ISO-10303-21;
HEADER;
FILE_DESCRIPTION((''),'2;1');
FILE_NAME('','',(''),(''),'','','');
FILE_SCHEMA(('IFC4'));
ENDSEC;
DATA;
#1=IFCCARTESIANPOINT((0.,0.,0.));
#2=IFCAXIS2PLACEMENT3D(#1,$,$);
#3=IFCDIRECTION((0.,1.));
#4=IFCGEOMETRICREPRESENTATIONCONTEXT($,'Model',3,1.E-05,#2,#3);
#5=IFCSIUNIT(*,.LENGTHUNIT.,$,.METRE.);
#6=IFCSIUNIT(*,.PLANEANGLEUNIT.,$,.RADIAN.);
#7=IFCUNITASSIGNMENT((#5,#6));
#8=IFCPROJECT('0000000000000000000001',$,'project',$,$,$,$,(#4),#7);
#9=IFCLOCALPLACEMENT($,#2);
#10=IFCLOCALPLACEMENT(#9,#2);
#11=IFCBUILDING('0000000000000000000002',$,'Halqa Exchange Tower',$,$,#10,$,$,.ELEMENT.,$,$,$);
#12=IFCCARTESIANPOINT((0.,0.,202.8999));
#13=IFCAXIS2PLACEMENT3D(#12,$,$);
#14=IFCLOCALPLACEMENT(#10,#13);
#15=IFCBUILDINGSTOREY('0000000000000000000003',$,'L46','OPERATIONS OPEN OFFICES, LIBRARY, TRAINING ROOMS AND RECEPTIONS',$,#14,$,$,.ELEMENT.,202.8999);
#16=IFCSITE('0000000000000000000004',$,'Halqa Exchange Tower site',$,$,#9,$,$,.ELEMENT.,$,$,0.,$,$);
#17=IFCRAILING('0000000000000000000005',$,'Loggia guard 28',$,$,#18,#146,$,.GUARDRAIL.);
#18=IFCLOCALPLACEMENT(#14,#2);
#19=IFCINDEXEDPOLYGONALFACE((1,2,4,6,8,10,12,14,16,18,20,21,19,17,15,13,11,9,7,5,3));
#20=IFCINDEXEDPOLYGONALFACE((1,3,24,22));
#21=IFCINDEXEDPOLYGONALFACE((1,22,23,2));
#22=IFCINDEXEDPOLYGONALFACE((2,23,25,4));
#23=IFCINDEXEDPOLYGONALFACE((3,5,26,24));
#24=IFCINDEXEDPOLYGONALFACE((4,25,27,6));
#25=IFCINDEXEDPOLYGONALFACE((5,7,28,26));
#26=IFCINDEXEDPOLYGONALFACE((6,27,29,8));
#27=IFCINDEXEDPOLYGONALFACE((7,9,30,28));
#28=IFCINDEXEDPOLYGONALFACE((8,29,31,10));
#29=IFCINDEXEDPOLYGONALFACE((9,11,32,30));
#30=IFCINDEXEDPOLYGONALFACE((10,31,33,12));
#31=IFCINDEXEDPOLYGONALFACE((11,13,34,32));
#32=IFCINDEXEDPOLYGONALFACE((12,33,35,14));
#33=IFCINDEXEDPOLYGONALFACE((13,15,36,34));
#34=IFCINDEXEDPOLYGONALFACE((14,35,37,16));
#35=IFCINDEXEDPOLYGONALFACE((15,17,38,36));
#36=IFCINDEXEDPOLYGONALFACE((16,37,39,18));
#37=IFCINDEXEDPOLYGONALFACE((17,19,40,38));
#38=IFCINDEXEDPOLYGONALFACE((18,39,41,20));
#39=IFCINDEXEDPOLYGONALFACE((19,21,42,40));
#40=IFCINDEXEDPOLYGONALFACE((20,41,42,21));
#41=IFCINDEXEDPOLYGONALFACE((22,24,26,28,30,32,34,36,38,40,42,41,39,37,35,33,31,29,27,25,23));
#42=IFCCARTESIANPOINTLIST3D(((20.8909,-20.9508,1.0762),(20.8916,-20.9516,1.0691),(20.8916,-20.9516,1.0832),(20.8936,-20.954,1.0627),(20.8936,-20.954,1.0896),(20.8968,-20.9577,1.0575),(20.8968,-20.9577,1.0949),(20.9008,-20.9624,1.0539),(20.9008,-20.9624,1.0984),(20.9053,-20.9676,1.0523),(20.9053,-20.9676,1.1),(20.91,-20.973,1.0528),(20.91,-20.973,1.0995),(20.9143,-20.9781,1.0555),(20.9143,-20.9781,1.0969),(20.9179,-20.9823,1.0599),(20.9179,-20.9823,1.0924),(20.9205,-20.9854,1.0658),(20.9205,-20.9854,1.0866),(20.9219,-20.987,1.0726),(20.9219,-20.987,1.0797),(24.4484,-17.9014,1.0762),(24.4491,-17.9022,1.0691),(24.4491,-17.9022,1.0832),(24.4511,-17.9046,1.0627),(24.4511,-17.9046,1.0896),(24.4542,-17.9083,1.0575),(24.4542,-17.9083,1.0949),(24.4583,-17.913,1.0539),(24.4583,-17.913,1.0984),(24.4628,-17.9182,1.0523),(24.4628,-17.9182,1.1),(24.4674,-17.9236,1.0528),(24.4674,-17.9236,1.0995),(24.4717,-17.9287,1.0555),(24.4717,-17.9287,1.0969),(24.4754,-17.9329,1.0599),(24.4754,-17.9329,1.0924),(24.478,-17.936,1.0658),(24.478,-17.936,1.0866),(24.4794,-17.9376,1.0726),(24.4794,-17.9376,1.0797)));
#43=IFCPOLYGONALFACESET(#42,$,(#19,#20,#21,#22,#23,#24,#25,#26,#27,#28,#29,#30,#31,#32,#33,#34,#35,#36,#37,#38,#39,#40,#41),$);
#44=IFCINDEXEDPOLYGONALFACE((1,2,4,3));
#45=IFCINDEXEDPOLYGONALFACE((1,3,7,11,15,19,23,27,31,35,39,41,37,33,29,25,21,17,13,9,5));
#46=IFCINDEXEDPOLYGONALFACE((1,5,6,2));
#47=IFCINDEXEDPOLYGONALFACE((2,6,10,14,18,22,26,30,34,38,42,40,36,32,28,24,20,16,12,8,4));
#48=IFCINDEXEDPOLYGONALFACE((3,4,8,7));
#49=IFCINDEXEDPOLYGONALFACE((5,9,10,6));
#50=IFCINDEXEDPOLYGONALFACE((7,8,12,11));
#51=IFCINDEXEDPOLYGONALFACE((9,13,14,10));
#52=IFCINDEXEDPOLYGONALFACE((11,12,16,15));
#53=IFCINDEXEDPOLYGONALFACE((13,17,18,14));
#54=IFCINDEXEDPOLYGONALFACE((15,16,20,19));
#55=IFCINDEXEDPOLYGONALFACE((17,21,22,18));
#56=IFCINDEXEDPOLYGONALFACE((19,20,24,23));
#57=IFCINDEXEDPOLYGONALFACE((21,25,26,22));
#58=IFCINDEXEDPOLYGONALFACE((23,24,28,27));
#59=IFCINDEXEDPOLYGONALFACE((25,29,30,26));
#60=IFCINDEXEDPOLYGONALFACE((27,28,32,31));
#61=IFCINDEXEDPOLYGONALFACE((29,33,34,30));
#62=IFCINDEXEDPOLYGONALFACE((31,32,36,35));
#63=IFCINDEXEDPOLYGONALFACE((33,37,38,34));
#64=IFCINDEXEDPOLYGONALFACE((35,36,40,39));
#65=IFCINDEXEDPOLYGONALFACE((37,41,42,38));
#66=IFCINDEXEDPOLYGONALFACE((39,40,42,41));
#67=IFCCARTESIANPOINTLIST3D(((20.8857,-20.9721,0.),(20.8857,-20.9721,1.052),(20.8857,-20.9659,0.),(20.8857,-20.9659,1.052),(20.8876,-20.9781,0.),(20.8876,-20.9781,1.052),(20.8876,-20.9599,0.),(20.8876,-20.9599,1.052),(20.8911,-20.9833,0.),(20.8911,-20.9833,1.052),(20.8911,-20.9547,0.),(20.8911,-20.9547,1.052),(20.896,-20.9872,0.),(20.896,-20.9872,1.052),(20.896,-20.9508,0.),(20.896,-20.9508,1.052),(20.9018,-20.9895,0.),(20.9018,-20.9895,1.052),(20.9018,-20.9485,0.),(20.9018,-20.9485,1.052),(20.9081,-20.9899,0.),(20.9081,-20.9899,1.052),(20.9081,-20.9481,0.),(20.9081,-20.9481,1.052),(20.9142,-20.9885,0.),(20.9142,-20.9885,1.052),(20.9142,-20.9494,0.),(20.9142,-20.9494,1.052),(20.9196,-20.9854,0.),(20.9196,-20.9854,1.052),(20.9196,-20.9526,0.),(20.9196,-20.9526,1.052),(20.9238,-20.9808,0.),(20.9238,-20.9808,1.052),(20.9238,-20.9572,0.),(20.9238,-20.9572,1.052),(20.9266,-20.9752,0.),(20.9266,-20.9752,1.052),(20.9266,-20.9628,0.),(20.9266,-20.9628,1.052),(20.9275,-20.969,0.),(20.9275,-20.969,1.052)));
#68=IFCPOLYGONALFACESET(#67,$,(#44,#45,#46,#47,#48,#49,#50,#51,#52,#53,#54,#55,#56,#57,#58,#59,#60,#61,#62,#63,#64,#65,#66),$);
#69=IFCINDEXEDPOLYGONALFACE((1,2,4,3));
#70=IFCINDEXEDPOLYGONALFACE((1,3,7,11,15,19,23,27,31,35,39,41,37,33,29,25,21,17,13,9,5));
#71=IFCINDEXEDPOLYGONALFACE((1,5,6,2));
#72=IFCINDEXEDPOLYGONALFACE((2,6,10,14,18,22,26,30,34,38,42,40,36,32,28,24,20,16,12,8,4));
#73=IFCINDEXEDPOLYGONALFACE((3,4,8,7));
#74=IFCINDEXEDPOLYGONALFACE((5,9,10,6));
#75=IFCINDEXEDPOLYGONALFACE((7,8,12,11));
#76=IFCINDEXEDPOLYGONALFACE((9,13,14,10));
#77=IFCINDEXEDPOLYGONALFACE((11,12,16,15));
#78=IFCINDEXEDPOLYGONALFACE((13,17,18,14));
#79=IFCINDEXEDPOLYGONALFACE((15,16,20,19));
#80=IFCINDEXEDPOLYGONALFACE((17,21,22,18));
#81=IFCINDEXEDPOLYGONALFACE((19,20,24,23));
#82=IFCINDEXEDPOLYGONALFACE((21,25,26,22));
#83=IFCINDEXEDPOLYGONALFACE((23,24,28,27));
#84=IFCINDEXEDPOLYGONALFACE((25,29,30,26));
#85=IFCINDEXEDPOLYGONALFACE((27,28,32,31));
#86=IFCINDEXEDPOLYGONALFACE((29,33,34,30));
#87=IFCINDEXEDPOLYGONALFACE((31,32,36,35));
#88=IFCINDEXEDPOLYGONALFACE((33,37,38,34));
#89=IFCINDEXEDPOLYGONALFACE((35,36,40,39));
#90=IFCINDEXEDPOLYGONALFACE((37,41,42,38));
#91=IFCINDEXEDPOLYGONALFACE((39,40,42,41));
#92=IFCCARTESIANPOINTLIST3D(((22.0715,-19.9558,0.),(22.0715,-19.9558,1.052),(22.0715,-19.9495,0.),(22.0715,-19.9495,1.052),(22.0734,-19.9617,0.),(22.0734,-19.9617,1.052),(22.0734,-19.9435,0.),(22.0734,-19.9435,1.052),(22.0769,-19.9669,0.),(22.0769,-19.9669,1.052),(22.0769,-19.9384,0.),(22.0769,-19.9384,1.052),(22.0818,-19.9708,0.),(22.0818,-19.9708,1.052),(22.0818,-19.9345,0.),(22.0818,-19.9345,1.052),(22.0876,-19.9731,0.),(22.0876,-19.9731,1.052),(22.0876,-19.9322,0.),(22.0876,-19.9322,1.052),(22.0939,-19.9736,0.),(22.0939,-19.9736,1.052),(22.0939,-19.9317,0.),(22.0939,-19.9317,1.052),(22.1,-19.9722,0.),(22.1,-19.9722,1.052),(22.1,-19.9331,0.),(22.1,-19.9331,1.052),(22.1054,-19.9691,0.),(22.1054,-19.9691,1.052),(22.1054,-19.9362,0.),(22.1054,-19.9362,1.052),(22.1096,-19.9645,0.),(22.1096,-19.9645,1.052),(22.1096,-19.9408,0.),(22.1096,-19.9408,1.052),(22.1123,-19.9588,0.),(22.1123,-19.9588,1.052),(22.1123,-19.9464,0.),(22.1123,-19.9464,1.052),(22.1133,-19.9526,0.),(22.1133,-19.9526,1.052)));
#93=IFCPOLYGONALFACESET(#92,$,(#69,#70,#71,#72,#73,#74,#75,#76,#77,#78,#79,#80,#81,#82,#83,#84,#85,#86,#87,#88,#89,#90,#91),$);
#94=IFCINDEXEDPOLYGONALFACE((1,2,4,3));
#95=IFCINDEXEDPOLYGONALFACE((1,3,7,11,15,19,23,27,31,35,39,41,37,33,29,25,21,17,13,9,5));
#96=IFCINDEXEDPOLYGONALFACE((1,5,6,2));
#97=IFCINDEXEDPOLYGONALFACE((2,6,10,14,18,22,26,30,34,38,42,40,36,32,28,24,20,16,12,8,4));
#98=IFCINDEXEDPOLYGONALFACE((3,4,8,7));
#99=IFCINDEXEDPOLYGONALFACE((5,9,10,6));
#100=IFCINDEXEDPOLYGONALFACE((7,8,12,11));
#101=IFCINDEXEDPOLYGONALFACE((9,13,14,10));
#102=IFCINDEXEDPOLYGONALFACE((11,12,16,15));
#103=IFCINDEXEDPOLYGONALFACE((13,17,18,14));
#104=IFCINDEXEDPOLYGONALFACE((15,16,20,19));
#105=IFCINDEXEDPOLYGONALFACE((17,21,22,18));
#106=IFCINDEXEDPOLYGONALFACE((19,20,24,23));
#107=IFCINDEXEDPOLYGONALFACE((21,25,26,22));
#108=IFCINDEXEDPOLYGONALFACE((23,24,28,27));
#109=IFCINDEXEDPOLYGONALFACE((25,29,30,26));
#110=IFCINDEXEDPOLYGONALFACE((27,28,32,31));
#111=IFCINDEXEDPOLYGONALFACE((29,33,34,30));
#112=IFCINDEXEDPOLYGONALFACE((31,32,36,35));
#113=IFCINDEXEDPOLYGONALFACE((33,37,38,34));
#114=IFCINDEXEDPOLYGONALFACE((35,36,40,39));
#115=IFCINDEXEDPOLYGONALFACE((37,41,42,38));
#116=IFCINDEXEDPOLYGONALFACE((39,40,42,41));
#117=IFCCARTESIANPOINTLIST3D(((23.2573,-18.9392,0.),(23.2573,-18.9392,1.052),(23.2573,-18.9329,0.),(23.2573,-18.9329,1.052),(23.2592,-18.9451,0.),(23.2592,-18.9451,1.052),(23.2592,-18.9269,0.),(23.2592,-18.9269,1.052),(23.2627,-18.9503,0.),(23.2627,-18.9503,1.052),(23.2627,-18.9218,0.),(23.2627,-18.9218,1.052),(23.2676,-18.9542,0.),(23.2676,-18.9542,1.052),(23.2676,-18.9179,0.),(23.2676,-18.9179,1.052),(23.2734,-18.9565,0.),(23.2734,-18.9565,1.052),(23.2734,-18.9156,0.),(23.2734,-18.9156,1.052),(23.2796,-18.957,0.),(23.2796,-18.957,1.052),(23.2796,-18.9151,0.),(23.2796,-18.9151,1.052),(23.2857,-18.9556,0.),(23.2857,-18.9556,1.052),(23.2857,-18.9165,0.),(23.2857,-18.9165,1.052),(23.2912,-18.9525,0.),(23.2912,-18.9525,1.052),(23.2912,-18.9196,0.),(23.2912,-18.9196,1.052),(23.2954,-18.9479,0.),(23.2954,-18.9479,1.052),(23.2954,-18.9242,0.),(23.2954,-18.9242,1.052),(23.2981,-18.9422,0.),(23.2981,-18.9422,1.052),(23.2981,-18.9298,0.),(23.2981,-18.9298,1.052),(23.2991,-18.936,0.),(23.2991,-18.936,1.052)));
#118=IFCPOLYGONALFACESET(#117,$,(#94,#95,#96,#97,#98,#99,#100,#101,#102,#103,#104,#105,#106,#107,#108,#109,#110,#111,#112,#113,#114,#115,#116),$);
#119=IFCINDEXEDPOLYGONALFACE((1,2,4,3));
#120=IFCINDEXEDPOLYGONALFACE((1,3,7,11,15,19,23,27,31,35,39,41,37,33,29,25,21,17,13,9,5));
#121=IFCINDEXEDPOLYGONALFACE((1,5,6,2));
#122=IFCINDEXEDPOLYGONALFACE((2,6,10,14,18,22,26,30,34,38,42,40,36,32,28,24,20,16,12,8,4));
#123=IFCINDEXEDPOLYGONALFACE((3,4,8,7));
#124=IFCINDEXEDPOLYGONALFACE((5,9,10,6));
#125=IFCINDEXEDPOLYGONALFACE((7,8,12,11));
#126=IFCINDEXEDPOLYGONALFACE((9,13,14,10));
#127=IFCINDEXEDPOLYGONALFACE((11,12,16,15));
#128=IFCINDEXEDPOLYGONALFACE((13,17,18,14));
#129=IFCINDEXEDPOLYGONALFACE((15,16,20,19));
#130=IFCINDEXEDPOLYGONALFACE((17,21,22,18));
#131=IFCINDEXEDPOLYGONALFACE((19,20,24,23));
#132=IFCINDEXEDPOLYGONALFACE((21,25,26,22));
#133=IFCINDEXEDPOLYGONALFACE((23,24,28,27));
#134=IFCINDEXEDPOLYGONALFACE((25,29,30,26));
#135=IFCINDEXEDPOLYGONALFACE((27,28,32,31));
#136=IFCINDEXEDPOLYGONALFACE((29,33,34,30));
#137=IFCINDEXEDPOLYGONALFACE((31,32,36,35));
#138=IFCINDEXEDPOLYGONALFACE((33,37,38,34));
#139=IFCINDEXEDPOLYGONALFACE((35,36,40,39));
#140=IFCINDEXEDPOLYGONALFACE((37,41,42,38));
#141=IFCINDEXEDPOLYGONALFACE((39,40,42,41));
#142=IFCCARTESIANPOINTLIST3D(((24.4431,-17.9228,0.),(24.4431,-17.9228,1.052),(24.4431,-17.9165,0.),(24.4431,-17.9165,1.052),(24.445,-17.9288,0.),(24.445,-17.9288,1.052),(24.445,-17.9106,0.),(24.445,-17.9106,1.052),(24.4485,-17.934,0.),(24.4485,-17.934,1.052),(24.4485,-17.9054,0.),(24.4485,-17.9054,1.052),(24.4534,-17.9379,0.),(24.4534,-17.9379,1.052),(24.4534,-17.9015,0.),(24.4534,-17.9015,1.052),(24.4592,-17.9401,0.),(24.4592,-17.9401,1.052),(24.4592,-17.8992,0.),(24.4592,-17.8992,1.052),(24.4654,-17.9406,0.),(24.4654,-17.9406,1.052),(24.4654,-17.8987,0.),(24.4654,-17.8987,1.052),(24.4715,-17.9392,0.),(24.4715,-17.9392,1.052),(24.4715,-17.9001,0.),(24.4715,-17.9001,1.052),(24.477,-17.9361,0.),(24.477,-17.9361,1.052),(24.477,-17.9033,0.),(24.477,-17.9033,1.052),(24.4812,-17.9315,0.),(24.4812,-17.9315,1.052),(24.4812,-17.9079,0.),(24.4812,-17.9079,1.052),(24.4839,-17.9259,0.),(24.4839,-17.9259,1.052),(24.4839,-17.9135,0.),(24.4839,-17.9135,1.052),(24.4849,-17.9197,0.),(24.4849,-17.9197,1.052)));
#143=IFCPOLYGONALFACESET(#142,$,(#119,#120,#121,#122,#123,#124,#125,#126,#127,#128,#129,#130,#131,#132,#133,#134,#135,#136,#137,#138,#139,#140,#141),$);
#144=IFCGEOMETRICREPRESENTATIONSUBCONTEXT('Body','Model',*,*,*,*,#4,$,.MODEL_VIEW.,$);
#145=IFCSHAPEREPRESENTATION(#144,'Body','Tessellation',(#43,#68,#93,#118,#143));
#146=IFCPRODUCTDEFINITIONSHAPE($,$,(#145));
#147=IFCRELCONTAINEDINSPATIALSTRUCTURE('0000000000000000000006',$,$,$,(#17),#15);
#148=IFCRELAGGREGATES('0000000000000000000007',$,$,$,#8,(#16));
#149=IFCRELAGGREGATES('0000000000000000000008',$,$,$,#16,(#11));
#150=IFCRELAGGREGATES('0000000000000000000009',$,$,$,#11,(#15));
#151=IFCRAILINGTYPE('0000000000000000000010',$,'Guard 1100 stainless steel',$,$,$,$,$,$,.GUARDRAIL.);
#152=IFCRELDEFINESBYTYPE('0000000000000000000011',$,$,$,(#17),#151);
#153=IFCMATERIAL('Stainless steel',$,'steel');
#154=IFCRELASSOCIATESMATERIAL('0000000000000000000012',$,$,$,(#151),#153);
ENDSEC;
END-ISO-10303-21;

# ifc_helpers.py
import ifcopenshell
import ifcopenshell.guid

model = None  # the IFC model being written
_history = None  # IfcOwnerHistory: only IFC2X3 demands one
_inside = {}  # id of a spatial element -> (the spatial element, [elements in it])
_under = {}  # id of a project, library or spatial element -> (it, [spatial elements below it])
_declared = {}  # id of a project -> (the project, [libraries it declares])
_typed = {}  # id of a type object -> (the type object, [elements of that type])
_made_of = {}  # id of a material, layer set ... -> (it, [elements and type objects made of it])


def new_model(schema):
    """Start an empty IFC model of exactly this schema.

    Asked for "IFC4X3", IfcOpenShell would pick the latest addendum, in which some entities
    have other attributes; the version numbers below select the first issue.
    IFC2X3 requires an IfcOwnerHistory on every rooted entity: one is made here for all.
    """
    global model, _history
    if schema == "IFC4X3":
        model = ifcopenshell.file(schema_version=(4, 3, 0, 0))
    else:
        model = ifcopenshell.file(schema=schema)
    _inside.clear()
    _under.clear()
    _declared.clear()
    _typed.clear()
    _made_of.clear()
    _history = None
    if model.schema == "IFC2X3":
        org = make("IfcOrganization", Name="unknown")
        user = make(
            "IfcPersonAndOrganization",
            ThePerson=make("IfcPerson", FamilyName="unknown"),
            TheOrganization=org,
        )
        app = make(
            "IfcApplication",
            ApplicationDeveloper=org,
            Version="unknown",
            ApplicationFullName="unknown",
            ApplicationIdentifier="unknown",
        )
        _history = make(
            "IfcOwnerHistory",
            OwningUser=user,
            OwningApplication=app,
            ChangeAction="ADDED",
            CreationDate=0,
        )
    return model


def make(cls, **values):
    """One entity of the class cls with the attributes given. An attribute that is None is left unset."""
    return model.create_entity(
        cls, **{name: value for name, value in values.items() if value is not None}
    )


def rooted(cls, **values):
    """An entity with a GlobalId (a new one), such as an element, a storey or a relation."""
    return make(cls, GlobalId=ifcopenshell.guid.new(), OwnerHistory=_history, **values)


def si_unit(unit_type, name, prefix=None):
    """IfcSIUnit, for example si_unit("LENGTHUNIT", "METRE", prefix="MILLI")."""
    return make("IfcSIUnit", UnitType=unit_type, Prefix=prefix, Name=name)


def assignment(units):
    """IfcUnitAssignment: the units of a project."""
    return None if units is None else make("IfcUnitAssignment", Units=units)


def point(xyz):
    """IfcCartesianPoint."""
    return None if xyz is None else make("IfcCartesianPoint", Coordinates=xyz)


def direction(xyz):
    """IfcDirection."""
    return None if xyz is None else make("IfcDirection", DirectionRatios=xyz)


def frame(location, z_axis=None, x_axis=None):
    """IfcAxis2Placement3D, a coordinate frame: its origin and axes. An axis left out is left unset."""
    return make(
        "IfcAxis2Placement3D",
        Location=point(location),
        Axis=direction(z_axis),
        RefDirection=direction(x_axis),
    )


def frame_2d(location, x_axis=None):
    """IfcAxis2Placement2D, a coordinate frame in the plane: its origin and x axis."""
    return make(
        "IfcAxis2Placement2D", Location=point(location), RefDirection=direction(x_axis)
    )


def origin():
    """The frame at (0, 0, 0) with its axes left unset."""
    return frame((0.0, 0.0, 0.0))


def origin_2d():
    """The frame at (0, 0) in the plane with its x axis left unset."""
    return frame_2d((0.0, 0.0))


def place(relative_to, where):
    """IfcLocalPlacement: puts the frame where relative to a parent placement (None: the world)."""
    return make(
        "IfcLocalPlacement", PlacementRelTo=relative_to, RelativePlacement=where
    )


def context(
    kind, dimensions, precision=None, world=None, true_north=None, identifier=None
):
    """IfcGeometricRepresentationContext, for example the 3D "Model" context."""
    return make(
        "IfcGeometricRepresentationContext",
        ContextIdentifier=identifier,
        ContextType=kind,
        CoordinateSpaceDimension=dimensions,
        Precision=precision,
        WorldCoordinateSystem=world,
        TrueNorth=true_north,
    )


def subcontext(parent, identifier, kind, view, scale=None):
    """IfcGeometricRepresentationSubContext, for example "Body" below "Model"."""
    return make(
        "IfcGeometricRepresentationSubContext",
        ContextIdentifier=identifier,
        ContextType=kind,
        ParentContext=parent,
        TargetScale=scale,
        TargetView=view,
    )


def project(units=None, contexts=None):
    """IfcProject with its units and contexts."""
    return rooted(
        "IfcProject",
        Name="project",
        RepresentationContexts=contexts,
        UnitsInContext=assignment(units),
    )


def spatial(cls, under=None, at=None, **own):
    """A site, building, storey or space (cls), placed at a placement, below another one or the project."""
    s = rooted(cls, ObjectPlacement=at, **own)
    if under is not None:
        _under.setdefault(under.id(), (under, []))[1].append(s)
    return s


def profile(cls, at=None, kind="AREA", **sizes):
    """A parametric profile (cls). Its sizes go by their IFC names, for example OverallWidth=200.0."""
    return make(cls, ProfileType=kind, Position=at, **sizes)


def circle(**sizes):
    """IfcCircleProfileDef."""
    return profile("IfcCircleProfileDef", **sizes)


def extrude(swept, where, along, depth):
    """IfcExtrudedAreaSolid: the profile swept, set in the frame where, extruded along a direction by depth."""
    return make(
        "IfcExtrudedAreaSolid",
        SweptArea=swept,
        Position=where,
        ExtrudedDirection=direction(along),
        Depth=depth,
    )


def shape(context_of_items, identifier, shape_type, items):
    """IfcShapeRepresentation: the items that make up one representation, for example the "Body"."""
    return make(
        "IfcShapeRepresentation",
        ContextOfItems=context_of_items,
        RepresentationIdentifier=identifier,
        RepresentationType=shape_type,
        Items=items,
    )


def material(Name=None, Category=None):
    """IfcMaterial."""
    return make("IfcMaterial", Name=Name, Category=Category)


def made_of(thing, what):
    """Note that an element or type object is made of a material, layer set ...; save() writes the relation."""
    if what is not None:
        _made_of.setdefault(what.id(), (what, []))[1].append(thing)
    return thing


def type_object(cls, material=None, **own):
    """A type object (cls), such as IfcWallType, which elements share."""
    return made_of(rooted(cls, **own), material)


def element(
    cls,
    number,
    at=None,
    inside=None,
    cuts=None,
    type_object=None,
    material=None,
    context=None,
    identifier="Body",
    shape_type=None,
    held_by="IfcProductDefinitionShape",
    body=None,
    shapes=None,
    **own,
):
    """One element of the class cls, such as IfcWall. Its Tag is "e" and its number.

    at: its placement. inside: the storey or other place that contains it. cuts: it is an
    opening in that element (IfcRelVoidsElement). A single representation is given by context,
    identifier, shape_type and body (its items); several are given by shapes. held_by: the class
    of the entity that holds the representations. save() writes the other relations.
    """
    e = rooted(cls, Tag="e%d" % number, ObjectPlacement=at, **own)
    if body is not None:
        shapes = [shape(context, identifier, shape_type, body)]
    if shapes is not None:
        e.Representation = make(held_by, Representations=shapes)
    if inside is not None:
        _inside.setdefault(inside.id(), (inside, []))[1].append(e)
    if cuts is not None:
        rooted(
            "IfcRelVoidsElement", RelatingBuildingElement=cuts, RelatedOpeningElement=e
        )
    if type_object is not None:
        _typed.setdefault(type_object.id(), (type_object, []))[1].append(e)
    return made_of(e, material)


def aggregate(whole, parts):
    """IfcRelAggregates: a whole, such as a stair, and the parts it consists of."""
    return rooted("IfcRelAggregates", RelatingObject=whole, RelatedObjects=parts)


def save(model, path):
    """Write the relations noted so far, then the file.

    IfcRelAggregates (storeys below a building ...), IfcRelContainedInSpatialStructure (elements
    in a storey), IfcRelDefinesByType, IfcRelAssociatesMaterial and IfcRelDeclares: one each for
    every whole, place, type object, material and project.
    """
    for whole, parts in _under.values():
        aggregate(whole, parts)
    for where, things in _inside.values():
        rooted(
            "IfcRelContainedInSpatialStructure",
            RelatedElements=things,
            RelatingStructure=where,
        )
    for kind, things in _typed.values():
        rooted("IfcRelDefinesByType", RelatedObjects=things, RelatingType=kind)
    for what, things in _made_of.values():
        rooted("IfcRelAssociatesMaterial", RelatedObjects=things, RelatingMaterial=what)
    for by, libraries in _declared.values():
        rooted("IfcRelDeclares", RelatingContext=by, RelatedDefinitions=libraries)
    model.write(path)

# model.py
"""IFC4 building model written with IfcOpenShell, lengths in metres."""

from ifc_helpers import new_model, si_unit, direction, frame, origin, origin_2d, place, context, subcontext, project, spatial, circle, extrude, material, type_object, element, save


model = new_model("IFC4")

# Units and contexts
model_context = context("Model", 3, precision=1e-05, world=origin(), true_north=direction((0.0, 1.0)))
body_context = subcontext(model_context, "Body", "Model", "MODEL_VIEW")
ifc_project = project(units=[si_unit("LENGTHUNIT", "METRE"), si_unit("PLANEANGLEUNIT", "RADIAN")], contexts=[model_context])

# Site, building, storey
site_placement = place(None, origin())
site = spatial("IfcSite", under=ifc_project, at=site_placement, Name="Halqa Exchange Tower site", CompositionType="ELEMENT", RefElevation=0.0)
building_placement = place(site_placement, origin())
building = spatial("IfcBuilding", under=site, at=building_placement, Name="Halqa Exchange Tower", CompositionType="ELEMENT")
storey_placement = place(building_placement, frame((0.0, 0.0, 202.8999)))
storey = spatial("IfcBuildingStorey", under=building, at=storey_placement, Name="L46", Description="OPERATIONS OPEN OFFICES, LIBRARY, TRAINING ROOMS AND RECEPTIONS", CompositionType="ELEMENT", Elevation=202.8999)

# Railing
ifc_material_1 = material(Name="Stainless steel", Category="steel")
railing_type = type_object("IfcRailingType", Name="Guard 1100 stainless steel", PredefinedType="GUARDRAIL", material=ifc_material_1)
railing_1_placement = place(storey_placement, frame((20.9065, -20.969, 0.0)))
element("IfcRailing", 1, at=railing_1_placement, inside=storey, type_object=railing_type, Name="Loggia guard 28", PredefinedType="GUARDRAIL", context=body_context, shape_type="SweptSolid", body=[
    extrude(circle(Radius=0.0239, at=origin_2d()), frame((0.0, 0.0, 1.0762), z_axis=(0.759242, 0.650809, 0.0), x_axis=(-0.650809, 0.759242, 0.0)), (0.0, 0.0, 1.0), 4.6855),
    extrude(circle(Radius=0.021, at=origin_2d()), origin(), (0.0, 0.0, 1.0), 1.052),
    extrude(circle(Radius=0.021, at=origin_2d()), frame((1.1858, 1.0164, 0.0)), (0.0, 0.0, 1.0), 1.052),
    extrude(circle(Radius=0.021, at=origin_2d()), frame((2.3716, 2.033, 0.0)), (0.0, 0.0, 1.0), 1.052),
    extrude(circle(Radius=0.021, at=origin_2d()), frame((3.5574, 3.0493, 0.0)), (0.0, 0.0, 1.0), 1.052),
])

save(model, "model.ifc")
